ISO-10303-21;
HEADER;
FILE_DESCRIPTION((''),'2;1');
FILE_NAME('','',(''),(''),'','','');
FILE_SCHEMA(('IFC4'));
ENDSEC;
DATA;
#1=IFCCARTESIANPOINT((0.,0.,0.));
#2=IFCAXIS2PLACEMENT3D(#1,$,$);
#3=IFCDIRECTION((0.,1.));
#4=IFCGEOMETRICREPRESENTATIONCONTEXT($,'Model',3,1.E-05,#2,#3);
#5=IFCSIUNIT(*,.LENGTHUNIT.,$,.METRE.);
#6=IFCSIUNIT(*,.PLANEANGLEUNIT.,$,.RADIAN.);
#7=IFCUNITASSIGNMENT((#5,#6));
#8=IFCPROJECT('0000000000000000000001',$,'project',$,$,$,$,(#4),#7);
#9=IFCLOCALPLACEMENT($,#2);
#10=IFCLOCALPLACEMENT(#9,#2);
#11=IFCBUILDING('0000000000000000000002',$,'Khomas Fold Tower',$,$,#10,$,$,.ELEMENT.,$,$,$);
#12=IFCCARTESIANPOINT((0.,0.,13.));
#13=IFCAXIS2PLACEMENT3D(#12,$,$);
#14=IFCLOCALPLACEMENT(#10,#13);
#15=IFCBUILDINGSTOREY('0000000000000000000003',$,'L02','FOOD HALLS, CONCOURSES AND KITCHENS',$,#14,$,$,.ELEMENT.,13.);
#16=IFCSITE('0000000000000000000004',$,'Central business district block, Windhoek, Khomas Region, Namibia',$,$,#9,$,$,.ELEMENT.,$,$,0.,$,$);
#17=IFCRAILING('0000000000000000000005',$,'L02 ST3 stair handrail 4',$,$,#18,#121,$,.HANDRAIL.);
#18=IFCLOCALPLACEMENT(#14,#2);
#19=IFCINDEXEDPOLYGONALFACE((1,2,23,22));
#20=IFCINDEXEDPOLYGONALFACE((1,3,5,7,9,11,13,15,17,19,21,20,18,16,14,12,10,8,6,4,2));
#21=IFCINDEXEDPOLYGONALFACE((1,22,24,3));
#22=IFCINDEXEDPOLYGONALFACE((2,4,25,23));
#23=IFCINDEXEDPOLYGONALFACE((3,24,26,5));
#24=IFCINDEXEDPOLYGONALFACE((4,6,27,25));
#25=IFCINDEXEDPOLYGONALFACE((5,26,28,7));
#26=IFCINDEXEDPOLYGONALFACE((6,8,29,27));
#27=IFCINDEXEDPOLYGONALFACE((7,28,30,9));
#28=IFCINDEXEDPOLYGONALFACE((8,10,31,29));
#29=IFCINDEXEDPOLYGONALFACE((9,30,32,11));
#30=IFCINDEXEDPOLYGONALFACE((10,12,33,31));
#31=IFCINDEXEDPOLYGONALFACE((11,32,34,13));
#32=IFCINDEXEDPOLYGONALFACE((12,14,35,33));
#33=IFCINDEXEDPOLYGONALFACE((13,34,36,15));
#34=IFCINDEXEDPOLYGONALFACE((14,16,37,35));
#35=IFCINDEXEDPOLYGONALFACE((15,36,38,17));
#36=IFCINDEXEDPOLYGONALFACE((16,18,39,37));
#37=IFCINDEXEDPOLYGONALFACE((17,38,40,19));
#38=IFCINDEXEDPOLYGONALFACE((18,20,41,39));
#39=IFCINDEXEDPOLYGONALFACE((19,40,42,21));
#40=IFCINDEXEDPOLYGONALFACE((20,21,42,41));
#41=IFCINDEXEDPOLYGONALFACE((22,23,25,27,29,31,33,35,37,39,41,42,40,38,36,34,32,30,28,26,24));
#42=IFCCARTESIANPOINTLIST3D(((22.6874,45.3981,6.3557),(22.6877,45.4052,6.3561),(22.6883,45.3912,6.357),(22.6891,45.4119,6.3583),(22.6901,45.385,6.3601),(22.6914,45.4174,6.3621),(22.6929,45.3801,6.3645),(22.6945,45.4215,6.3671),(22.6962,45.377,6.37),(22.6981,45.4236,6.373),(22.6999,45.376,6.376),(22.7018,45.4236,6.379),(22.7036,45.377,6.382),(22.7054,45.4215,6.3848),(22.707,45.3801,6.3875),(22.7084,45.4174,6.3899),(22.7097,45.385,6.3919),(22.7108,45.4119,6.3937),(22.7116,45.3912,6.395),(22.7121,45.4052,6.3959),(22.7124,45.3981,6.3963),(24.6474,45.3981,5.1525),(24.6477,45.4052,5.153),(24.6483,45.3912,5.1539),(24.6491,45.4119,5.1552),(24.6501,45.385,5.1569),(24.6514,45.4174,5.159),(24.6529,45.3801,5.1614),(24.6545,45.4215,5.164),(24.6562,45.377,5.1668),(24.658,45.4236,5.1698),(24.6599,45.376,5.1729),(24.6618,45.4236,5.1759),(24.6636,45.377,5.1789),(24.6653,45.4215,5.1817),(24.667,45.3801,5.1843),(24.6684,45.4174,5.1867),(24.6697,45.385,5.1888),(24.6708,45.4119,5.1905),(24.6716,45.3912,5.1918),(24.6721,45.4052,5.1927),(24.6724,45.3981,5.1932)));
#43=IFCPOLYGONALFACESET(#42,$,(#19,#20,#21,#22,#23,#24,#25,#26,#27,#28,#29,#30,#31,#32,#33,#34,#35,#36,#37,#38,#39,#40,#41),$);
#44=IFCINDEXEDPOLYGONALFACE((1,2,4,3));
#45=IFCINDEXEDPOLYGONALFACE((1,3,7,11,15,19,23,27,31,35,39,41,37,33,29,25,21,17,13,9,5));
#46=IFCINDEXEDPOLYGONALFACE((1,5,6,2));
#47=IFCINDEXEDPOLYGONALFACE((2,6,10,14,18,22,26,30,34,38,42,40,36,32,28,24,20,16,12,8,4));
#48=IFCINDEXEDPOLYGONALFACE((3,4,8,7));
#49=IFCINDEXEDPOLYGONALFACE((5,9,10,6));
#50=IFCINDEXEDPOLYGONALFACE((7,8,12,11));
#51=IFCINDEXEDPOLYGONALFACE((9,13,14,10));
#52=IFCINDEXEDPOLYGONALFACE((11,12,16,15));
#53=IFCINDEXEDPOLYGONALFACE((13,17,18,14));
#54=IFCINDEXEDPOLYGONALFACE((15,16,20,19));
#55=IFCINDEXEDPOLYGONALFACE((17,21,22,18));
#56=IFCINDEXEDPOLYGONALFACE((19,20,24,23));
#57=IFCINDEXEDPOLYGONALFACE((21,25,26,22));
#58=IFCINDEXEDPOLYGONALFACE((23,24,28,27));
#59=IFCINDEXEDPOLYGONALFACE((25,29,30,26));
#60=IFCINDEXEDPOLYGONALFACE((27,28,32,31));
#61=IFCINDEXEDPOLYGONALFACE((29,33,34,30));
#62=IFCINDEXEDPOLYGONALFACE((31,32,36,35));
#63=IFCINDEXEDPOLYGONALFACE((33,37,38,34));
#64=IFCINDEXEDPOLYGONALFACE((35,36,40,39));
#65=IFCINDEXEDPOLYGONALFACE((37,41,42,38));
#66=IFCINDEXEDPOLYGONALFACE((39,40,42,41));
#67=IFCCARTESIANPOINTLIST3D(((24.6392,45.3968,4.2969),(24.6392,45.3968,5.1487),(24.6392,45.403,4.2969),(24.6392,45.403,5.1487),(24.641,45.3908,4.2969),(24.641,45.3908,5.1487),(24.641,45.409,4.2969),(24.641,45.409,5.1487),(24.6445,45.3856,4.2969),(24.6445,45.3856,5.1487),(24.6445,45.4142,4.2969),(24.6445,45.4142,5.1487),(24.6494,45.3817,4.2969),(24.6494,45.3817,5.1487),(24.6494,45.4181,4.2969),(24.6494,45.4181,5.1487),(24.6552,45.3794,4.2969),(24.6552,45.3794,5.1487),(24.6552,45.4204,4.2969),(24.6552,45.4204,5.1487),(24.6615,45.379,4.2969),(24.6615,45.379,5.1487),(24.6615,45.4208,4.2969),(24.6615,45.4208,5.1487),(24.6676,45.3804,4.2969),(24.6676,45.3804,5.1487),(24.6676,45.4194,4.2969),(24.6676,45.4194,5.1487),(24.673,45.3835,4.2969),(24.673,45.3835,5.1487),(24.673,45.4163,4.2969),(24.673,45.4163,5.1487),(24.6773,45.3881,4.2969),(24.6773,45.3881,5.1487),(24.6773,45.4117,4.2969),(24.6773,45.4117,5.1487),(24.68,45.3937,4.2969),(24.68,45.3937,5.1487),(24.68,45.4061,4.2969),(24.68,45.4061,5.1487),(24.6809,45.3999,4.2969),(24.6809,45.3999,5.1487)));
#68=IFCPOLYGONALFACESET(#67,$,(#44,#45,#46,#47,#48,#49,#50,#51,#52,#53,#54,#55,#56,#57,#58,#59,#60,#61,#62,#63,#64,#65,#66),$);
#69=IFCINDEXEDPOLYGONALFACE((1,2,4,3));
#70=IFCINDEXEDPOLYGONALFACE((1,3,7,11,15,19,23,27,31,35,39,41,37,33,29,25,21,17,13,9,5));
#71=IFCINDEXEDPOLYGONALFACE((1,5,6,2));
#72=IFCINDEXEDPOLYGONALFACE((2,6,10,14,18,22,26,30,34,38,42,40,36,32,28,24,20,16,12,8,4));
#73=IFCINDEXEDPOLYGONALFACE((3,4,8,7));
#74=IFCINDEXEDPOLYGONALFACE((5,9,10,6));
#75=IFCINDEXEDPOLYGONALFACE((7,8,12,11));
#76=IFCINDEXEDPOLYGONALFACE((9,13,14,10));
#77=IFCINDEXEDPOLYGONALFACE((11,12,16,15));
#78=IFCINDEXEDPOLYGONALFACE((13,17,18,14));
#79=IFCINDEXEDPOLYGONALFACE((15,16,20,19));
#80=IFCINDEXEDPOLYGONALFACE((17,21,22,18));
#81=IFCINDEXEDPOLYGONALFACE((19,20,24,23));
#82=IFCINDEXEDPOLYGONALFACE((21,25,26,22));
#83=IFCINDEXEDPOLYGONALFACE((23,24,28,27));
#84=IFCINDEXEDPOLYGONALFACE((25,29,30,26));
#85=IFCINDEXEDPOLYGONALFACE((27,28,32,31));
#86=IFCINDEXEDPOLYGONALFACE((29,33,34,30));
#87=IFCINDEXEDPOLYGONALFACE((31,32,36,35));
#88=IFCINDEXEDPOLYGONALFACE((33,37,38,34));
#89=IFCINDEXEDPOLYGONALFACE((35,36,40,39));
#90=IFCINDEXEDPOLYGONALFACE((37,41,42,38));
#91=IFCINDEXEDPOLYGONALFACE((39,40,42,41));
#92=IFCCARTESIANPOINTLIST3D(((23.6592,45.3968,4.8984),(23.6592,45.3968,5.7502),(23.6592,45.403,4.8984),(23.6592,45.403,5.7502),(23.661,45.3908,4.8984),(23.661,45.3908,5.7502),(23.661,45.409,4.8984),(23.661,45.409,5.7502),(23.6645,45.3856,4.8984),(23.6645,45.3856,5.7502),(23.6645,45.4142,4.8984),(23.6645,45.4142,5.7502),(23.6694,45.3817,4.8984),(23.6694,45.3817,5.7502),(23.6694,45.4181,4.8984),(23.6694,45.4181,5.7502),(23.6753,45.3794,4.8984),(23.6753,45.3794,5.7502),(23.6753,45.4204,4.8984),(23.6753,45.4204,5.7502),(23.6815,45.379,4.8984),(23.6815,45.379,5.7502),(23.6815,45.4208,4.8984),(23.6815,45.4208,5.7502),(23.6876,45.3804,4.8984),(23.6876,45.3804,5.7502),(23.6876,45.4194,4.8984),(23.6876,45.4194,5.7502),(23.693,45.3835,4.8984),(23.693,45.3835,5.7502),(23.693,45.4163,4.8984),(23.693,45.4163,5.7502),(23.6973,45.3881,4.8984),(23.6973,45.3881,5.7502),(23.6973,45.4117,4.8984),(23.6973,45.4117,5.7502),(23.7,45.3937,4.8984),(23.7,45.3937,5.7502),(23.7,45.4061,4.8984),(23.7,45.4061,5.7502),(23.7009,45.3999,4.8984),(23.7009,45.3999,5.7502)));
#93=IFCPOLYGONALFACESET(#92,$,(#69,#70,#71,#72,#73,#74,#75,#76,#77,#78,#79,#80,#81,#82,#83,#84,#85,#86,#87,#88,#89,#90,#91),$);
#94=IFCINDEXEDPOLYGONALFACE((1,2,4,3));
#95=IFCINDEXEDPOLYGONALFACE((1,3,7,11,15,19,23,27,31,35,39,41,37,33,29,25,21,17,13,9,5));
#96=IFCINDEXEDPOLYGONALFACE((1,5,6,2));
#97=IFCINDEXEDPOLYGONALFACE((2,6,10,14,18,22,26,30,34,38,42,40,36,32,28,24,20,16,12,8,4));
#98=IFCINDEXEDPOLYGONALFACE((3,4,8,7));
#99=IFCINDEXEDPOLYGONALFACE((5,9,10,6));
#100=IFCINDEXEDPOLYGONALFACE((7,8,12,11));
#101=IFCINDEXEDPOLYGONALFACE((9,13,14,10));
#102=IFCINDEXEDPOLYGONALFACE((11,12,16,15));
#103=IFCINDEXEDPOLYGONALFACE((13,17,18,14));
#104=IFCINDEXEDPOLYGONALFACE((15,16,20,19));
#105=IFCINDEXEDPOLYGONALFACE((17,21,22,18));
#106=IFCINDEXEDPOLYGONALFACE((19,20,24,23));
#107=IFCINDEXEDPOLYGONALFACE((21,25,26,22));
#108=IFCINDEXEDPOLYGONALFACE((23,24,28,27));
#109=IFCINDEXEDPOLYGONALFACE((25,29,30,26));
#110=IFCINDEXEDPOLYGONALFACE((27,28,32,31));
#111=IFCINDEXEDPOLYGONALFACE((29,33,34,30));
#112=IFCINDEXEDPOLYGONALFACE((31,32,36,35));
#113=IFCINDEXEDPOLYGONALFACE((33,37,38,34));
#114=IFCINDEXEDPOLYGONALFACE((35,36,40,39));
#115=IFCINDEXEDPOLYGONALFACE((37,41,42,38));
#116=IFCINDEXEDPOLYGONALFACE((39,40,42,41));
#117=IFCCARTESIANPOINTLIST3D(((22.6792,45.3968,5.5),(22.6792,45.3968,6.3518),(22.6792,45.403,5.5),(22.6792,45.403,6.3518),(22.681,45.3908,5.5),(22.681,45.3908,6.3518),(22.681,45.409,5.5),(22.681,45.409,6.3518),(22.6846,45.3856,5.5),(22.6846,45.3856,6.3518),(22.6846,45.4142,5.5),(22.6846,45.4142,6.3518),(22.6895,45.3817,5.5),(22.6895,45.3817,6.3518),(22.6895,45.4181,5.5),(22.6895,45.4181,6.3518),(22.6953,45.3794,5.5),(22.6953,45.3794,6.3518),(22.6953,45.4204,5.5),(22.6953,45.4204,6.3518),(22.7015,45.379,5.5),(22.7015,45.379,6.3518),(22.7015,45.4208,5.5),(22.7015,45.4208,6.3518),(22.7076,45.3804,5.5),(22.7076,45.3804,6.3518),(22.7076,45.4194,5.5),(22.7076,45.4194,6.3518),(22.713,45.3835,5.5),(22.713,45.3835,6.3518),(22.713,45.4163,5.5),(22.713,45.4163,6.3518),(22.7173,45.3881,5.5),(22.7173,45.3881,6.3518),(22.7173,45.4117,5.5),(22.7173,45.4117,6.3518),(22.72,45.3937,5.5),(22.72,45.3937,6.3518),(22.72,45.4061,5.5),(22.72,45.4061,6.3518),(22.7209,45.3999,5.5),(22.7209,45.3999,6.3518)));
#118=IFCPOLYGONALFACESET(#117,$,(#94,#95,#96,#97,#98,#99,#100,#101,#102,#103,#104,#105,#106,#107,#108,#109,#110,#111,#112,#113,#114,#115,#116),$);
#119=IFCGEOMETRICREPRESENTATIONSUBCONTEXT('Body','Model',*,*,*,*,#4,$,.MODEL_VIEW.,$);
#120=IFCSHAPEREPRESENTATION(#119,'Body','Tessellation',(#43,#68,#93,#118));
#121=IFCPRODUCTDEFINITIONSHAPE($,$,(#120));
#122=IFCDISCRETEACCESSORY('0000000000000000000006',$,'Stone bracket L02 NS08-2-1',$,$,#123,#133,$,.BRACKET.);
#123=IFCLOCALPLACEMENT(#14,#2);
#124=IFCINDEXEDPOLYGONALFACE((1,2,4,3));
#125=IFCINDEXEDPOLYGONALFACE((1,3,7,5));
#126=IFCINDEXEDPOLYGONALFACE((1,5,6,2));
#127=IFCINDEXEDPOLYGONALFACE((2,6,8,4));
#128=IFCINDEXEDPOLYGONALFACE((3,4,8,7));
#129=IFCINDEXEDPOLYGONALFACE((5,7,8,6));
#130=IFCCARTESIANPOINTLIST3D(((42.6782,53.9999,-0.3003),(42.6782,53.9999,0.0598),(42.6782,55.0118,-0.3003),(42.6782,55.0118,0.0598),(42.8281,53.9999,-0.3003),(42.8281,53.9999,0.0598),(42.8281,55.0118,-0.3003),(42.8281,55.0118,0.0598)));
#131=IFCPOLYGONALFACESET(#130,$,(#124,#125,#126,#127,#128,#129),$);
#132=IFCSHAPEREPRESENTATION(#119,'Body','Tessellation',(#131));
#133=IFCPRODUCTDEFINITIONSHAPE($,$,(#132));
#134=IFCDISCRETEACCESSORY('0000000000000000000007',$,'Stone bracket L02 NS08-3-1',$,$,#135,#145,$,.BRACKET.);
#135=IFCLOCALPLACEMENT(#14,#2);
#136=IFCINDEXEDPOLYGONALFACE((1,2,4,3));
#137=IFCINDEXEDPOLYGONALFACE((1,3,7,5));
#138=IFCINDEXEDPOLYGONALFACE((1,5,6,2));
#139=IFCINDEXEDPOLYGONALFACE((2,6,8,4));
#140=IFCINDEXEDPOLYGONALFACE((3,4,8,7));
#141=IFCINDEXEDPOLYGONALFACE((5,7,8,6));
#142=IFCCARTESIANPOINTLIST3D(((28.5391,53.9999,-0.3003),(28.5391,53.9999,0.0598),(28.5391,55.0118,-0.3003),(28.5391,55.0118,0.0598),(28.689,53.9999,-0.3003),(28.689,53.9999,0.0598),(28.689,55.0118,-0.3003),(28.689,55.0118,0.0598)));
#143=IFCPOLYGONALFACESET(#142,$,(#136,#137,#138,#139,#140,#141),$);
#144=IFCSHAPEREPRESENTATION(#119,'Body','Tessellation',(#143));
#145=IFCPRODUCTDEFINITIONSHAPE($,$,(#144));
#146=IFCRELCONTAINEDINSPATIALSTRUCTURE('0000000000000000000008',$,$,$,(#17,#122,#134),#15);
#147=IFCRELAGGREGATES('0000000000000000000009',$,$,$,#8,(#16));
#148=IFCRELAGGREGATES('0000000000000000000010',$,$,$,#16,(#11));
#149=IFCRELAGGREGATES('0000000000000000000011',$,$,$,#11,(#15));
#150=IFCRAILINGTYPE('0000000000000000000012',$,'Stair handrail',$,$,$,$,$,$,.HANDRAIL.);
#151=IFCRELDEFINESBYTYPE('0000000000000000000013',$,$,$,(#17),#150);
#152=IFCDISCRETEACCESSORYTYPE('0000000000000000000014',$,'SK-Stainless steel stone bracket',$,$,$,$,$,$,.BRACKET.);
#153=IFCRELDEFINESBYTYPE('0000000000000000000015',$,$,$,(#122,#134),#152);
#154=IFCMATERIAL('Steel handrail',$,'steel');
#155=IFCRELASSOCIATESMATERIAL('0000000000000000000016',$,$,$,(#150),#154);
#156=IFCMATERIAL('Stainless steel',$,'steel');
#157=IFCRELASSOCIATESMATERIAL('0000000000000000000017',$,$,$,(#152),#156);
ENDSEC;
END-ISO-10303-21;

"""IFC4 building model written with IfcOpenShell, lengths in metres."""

from ifc_helpers import new_model, si_unit, direction, frame, origin, origin_2d, place, context, subcontext, project, spatial, rectangle, circle, extrude, source, transform, mapped, material, type_object, element, save


model = new_model("IFC4")

# Units and contexts
model_context = context("Model", 3, precision=1e-05, world=origin(), true_north=direction((0.0, 1.0)))
body_context = subcontext(model_context, "Body", "Model", "MODEL_VIEW")
ifc_project = project(units=[si_unit("LENGTHUNIT", "METRE"), si_unit("PLANEANGLEUNIT", "RADIAN")], contexts=[model_context])

# Site, building, storey
site_placement = place(None, origin())
site = spatial("IfcSite", under=ifc_project, at=site_placement, Name="Central business district block, Windhoek, Khomas Region, Namibia", CompositionType="ELEMENT", RefElevation=0.0)
building_placement = place(site_placement, origin())
building = spatial("IfcBuilding", under=site, at=building_placement, Name="Khomas Fold Tower", CompositionType="ELEMENT")
storey_placement = place(building_placement, frame((0.0, 0.0, 13.0)))
storey = spatial("IfcBuildingStorey", under=building, at=storey_placement, Name="L02", Description="FOOD HALLS, CONCOURSES AND KITCHENS", CompositionType="ELEMENT", Elevation=13.0)

# Railing
ifc_material_1 = material(Name="Steel handrail", Category="steel")
railing_type_1 = type_object("IfcRailingType", Name="Stair handrail", PredefinedType="HANDRAIL", material=ifc_material_1)
shared_shape_1 = source(origin(), body_context, "Body", "SweptSolid", [
    extrude(circle(Radius=0.0239, at=origin_2d()), frame((0.0, 0.0, 0.876), z_axis=(-0.852241, 0.0, 0.523149), x_axis=(0.0, -1.0, 0.0)), (0.0, 0.0, 1.0), 2.2998),
    extrude(circle(Radius=0.021, at=origin_2d()), origin(), (0.0, 0.0, 1.0), 0.8518),
    extrude(circle(Radius=0.021, at=origin_2d()), frame((-0.98, 0.0, 0.6016)), (0.0, 0.0, 1.0), 0.8518),
    extrude(circle(Radius=0.021, at=origin_2d()), frame((-1.96, 0.0, 1.2031)), (0.0, 0.0, 1.0), 0.8518),
])
for number, where, name in (
    (1, (24.6599, 45.3999, 4.2969), "L02 ST3 stair handrail 4"),
):
    element("IfcRailing", number, at=place(storey_placement, frame(where)), inside=storey, type_object=railing_type_1, Name=name, PredefinedType="HANDRAIL", context=body_context, shape_type="MappedRepresentation", body=[
        mapped(shared_shape_1, transform((0.0, 0.0, 0.0))),
    ])

# Discrete accessories
ifc_material_2 = material(Name="Stainless steel", Category="steel")
discrete_accessory_type = type_object("IfcDiscreteAccessoryType", Name="SK-Stainless steel stone bracket", PredefinedType="BRACKET", material=ifc_material_2)
shared_shape_2 = source(origin(), body_context, "Body", "SweptSolid", [
    extrude(rectangle(XDim=1.012, YDim=0.1499, at=origin_2d()), origin(), (0.0, 0.0, 1.0), 0.3601),
])
for number, where, z_axis, x_axis, name in (
    (2, (42.7532, 54.5059, -0.3003), (0.0, 0.0, 1.0), (0.0, 1.0, 0.0), "Stone bracket L02 NS08-2-1"),
    (3, (28.614, 54.5059, -0.3003), (0.0, 0.0, 1.0), (0.0, 1.0, 0.0), "Stone bracket L02 NS08-3-1"),
):
    element("IfcDiscreteAccessory", number, at=place(storey_placement, frame(where, z_axis=z_axis, x_axis=x_axis)), inside=storey, type_object=discrete_accessory_type, Name=name, PredefinedType="BRACKET", context=body_context, shape_type="MappedRepresentation", body=[
        mapped(shared_shape_2, transform((0.0, 0.0, 0.0))),
    ])

save(model, "model.ifc")
